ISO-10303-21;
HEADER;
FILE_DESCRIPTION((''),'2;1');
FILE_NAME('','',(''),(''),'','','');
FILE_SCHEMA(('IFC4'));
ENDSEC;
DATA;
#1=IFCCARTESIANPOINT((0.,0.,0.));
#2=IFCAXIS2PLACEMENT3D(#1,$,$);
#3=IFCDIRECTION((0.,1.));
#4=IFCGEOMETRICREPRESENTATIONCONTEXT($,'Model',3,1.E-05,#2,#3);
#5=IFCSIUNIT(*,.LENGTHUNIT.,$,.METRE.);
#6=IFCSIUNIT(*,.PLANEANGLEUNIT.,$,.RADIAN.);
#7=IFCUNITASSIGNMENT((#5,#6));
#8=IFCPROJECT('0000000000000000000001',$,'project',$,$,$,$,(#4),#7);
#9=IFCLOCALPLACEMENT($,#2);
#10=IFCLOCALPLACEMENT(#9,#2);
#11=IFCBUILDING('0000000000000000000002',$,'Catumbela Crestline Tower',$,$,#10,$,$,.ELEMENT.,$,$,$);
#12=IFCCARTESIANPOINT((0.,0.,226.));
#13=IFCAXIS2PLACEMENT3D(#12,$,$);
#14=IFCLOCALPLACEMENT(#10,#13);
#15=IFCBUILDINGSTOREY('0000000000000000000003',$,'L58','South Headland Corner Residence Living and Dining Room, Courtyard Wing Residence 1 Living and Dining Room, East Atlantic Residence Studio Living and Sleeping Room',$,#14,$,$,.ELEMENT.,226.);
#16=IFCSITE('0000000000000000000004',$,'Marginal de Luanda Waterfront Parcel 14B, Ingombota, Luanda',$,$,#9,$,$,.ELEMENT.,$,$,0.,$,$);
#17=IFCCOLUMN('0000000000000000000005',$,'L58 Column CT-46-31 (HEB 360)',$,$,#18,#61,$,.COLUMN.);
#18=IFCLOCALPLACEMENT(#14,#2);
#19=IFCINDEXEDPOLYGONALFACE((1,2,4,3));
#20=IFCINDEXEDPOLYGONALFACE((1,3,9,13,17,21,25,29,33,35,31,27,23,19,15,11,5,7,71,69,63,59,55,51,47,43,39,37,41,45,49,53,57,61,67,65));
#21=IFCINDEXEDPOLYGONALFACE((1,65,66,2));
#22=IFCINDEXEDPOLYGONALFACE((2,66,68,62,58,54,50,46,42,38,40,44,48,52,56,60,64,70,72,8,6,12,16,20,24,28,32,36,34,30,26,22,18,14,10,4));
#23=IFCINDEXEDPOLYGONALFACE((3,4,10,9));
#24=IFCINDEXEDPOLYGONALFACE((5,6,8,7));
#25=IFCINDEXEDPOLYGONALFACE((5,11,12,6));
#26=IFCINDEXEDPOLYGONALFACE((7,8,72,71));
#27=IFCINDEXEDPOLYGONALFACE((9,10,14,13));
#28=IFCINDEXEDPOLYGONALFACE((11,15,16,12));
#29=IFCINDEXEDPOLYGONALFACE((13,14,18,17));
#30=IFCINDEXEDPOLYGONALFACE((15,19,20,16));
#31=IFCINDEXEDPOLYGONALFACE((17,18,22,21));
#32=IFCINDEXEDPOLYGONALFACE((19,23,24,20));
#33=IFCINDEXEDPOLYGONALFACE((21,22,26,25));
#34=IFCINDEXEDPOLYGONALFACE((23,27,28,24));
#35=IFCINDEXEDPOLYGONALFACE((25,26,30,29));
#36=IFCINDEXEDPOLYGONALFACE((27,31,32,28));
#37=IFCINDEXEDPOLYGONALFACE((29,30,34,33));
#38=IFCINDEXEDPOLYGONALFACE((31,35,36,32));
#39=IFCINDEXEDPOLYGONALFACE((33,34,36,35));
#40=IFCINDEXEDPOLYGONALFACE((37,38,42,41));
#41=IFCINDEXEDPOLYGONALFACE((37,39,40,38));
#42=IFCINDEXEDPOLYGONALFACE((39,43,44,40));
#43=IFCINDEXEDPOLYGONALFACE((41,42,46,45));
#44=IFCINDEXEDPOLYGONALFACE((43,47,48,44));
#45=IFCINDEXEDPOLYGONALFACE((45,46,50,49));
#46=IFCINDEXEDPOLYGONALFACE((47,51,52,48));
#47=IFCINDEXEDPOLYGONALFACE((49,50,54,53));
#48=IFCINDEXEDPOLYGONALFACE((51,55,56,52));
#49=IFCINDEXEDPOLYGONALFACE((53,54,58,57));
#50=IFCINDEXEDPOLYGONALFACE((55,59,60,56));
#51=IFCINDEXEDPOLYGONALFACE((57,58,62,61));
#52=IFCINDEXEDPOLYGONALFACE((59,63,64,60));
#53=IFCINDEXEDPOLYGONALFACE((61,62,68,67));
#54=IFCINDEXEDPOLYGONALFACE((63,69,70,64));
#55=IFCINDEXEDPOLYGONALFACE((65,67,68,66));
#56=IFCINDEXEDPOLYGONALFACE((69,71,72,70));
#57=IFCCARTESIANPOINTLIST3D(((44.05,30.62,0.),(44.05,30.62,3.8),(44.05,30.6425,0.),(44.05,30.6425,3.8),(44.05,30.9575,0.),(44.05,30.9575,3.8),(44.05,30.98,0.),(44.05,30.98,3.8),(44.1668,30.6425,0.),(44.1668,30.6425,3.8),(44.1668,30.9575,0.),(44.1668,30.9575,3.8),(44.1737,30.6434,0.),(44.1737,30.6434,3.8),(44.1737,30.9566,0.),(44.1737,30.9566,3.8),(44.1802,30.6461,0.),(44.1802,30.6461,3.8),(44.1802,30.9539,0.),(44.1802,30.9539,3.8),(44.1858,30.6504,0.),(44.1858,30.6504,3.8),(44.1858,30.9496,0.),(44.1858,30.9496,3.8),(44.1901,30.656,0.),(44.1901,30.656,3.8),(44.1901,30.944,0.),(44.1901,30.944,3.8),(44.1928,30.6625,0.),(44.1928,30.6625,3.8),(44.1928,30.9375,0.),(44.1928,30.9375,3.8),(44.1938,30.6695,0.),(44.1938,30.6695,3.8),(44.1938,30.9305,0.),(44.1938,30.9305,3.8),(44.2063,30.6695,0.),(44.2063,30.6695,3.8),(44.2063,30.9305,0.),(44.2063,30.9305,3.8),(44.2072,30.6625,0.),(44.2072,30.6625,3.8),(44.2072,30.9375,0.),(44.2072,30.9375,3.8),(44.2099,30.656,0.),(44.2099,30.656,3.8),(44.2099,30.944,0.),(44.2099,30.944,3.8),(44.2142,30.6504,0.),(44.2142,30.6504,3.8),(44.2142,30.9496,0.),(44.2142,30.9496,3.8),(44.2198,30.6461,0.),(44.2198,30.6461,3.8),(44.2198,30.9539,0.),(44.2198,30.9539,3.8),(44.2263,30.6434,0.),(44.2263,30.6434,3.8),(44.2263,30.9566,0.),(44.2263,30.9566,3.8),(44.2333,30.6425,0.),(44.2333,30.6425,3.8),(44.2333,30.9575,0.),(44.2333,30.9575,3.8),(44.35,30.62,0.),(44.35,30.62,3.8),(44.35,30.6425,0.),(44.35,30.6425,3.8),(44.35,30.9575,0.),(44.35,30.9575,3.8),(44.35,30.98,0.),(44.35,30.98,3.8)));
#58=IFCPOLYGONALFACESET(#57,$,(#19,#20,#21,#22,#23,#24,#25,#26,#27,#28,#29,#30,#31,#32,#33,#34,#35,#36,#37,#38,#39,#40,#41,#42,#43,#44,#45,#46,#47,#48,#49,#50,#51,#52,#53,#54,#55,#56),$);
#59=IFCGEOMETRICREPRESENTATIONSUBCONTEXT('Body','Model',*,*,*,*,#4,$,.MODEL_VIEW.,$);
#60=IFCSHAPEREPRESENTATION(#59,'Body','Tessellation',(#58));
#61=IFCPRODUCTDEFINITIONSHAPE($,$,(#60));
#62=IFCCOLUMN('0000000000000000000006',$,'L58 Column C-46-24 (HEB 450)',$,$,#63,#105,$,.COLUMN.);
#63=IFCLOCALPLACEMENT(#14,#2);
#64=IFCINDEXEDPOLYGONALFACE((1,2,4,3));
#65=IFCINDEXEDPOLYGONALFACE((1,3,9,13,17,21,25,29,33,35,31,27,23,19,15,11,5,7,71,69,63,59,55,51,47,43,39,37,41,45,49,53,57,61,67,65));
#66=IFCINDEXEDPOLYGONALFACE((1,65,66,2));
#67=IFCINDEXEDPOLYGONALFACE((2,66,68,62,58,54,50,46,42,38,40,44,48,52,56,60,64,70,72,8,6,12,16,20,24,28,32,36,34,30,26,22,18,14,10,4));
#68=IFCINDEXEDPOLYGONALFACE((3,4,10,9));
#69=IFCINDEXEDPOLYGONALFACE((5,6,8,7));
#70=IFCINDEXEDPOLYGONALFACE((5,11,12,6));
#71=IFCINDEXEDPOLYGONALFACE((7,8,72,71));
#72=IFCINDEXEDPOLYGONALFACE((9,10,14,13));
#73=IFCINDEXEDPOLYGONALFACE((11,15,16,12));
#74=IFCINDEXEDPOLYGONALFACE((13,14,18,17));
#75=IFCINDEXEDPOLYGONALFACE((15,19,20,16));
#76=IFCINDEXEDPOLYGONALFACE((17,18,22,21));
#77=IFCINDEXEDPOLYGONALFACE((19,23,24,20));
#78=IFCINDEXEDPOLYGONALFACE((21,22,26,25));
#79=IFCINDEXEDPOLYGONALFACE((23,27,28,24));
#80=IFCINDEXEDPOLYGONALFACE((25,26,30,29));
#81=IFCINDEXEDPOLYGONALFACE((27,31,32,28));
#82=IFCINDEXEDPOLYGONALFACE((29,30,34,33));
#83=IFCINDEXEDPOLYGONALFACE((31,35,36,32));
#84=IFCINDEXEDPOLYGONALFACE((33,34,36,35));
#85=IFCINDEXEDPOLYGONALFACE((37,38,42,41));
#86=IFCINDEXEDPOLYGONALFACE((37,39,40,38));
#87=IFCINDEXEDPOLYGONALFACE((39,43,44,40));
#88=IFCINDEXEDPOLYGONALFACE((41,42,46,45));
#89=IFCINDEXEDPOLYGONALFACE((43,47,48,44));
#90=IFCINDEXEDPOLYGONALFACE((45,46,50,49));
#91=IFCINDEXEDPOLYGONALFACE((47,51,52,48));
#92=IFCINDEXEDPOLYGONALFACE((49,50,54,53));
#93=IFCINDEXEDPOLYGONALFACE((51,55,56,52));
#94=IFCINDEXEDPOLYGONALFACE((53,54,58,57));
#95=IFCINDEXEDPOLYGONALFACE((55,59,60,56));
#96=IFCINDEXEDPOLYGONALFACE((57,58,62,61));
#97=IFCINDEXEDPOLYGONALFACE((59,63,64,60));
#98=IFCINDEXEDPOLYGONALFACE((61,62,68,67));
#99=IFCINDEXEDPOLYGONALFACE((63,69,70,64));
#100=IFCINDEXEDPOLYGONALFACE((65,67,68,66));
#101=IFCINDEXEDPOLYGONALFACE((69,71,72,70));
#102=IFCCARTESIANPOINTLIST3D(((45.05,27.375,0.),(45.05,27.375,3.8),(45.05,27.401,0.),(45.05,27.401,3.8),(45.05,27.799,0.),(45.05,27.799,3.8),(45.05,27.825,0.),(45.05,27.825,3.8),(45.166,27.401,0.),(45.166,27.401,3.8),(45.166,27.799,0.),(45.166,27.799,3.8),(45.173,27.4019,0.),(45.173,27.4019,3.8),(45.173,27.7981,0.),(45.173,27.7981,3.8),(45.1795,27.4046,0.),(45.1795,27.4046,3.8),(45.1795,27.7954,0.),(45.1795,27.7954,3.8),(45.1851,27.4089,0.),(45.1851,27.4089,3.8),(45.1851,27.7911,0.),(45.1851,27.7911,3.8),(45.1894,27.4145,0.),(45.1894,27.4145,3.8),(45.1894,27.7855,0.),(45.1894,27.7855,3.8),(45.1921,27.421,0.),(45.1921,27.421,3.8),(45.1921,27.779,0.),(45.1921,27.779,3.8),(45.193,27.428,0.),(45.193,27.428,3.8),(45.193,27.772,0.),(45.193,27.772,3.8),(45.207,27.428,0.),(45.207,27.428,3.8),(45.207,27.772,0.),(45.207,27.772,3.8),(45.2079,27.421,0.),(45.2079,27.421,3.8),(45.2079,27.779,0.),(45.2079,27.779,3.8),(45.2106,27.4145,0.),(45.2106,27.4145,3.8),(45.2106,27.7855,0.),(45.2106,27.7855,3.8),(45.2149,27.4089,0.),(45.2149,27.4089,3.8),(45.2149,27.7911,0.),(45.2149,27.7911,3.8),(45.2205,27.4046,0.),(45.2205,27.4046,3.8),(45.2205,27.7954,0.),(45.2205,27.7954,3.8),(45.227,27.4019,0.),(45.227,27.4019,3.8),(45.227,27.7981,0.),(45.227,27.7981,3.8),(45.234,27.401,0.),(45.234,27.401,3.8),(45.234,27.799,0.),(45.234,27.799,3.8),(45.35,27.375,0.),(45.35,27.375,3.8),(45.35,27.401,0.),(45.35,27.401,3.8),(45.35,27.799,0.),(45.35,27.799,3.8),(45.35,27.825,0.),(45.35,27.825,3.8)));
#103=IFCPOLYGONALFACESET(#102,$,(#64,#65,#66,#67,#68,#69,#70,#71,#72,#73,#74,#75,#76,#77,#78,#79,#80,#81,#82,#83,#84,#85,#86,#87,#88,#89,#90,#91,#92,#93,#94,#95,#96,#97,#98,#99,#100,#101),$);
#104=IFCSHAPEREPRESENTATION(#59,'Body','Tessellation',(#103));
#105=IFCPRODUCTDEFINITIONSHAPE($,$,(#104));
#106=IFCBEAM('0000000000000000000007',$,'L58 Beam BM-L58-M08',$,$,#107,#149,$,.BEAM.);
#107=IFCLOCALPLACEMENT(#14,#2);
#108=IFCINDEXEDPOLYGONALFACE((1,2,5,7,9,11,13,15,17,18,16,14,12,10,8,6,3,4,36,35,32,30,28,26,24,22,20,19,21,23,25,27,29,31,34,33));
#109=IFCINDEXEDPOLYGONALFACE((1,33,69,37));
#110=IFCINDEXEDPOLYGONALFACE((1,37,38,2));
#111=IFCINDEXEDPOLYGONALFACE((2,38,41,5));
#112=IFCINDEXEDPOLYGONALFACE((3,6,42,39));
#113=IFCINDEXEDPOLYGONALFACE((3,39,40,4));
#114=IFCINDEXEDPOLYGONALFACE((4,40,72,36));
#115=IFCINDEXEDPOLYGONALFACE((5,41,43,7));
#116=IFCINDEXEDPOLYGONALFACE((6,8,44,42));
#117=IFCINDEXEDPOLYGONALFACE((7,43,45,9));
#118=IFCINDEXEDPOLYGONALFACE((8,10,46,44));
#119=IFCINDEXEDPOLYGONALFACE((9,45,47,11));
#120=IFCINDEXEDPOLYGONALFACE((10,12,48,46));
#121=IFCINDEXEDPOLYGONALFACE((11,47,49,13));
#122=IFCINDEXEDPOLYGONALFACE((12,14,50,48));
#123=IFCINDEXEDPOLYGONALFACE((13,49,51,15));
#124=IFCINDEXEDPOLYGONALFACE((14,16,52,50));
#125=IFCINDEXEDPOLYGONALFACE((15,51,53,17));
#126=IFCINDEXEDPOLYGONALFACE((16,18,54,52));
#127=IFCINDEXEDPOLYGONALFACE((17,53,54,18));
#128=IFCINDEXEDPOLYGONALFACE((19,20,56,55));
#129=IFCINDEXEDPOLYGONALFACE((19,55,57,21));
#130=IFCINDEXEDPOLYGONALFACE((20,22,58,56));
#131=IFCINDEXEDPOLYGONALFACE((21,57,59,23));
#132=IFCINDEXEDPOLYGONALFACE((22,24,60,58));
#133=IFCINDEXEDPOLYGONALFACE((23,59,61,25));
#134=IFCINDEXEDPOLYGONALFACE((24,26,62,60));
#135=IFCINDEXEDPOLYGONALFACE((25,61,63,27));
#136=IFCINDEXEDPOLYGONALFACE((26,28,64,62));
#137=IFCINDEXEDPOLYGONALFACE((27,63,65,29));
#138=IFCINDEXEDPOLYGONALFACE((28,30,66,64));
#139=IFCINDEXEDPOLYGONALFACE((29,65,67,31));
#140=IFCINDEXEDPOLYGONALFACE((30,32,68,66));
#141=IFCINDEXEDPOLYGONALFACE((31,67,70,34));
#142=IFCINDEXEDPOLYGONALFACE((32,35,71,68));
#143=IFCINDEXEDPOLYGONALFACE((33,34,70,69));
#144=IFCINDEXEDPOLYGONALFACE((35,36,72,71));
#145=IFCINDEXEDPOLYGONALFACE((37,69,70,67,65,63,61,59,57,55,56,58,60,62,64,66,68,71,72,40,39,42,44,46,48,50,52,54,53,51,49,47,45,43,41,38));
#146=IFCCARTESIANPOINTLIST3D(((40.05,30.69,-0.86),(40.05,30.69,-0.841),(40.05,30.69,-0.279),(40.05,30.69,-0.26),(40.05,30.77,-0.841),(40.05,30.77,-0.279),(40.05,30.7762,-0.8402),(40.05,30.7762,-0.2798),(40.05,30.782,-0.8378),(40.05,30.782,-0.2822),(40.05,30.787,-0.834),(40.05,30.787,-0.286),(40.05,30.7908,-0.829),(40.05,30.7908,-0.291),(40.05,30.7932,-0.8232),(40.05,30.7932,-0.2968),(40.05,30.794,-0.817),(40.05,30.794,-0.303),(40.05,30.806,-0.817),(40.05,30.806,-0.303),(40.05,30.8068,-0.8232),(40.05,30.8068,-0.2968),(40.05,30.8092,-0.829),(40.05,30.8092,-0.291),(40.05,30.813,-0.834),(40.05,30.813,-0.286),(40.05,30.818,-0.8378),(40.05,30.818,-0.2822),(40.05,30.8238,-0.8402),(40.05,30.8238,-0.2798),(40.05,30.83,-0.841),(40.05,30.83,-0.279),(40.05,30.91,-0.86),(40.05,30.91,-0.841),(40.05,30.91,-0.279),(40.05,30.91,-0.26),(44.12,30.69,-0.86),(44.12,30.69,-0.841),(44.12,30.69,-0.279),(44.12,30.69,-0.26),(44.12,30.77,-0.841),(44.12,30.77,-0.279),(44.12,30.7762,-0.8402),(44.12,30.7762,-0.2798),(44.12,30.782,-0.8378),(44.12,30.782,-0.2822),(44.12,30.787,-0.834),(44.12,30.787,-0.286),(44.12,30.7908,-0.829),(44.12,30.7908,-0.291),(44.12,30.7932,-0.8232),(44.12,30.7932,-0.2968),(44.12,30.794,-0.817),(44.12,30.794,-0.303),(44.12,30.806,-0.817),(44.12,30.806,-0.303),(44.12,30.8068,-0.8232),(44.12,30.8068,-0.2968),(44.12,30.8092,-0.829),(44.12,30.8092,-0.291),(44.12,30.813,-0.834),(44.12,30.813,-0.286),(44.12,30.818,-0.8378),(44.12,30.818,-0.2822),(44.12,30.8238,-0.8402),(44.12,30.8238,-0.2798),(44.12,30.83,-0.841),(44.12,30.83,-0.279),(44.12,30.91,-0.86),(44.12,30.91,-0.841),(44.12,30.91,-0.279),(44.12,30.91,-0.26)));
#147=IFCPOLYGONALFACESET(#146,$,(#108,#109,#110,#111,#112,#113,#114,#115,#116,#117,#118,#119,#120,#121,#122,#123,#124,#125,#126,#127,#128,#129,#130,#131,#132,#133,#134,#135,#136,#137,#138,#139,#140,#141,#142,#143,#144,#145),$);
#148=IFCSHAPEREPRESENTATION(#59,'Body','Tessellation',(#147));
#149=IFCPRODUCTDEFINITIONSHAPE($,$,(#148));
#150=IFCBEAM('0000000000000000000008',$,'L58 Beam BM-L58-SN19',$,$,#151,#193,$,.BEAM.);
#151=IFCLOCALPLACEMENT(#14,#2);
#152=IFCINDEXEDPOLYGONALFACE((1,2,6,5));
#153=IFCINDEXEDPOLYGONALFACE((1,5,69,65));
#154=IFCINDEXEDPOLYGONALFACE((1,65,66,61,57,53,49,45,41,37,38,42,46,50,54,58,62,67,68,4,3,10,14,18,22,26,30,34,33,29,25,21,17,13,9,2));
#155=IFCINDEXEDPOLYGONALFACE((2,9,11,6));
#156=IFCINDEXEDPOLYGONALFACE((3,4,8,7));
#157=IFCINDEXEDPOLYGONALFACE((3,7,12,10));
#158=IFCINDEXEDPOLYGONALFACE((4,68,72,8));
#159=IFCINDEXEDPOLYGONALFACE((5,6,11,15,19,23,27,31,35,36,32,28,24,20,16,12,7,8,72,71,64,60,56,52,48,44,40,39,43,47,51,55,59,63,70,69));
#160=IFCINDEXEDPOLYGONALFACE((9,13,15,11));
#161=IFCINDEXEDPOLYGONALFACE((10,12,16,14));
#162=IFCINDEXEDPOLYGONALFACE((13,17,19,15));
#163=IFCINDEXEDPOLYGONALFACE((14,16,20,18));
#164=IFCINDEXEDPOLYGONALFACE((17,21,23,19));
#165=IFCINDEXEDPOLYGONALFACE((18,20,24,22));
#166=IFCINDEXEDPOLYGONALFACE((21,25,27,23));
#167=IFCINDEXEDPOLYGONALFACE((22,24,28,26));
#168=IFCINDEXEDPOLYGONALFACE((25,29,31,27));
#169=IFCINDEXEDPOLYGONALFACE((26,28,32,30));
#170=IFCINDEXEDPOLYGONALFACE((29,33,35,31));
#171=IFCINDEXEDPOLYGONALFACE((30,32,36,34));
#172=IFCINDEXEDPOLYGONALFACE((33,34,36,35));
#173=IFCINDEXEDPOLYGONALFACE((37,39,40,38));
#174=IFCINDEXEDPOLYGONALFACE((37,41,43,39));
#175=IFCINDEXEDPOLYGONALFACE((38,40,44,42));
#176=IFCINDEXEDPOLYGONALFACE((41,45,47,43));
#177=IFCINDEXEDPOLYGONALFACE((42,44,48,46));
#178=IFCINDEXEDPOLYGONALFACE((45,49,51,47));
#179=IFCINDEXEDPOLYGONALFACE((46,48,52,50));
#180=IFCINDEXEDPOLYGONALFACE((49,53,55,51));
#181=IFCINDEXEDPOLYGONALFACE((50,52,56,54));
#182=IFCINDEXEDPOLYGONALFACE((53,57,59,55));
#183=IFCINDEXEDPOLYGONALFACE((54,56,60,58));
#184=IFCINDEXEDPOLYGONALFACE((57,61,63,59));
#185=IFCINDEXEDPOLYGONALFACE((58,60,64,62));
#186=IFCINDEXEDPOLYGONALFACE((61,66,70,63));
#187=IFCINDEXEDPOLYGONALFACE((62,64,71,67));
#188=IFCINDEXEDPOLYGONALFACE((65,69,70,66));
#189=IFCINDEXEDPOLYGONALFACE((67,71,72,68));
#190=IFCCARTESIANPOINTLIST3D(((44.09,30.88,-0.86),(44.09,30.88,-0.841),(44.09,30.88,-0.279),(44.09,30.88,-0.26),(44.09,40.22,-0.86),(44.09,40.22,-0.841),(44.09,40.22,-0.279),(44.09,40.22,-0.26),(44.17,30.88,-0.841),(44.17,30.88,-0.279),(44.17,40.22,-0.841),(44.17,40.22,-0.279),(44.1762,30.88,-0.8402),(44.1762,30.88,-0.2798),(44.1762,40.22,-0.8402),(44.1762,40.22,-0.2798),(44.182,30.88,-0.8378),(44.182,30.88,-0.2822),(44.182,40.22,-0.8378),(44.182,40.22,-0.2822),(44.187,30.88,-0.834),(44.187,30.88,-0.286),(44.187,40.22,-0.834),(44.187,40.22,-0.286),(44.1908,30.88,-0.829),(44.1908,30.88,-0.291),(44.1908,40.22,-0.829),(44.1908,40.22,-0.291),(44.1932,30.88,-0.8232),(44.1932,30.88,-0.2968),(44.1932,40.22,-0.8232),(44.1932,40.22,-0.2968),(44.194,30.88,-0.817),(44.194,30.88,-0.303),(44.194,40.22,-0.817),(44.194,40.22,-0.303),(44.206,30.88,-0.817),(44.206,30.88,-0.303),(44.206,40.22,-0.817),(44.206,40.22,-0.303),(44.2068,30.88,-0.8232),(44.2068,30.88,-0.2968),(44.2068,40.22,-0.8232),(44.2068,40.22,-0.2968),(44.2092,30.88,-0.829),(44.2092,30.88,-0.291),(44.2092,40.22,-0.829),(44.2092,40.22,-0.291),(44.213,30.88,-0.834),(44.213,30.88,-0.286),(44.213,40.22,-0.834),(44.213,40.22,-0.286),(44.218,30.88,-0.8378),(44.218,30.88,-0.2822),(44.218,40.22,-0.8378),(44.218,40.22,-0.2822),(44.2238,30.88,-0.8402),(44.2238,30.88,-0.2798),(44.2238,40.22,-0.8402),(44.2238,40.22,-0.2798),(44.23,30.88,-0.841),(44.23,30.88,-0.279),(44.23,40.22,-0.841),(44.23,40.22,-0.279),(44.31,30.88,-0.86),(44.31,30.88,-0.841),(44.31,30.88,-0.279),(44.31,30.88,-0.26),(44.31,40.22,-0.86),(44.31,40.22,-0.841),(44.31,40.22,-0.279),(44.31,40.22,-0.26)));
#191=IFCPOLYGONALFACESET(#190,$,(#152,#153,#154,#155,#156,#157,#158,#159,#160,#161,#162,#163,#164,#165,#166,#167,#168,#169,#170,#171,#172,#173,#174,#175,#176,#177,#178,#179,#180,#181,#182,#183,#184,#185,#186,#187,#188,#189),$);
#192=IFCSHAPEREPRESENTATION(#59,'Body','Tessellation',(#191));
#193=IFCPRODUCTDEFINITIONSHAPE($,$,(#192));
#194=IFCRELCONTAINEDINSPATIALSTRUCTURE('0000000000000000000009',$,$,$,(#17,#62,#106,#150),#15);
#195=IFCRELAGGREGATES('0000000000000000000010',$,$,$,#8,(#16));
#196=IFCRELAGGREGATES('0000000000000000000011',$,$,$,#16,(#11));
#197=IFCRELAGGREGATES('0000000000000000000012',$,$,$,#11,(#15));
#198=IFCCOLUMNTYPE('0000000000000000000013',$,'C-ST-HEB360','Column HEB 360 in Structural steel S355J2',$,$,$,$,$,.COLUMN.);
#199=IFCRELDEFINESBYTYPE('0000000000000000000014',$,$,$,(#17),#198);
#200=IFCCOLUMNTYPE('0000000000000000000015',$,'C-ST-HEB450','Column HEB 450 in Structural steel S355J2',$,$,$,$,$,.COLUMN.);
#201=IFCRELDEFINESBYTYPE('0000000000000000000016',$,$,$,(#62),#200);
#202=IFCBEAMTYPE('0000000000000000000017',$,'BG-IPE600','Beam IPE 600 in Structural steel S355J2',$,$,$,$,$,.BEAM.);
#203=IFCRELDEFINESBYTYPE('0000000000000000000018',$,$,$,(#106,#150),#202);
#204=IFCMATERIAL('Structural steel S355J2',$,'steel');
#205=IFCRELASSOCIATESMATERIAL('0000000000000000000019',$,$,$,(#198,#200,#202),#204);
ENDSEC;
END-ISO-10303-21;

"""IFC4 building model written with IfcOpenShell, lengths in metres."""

from ifc_helpers import new_model, si_unit, direction, frame, origin, origin_2d, place, context, subcontext, project, spatial, i_section, extrude, material, material_profile, profile_set, type_object, element, save


model = new_model("IFC4")

# Units and contexts
model_context = context("Model", 3, precision=1e-05, world=origin(), true_north=direction((0.0, 1.0)))
body_context = subcontext(model_context, "Body", "Model", "MODEL_VIEW")
ifc_project = project(units=[si_unit("LENGTHUNIT", "METRE"), si_unit("PLANEANGLEUNIT", "RADIAN")], contexts=[model_context])

# Site, building, storey
site_placement = place(None, origin())
site = spatial("IfcSite", under=ifc_project, at=site_placement, Name="Marginal de Luanda Waterfront Parcel 14B, Ingombota, Luanda", CompositionType="ELEMENT", RefElevation=0.0)
building_placement = place(site_placement, origin())
building = spatial("IfcBuilding", under=site, at=building_placement, Name="Catumbela Crestline Tower", CompositionType="ELEMENT")
storey_placement = place(building_placement, frame((0.0, 0.0, 226.0)))
storey = spatial("IfcBuildingStorey", under=building, at=storey_placement, Name="L58", Description="South Headland Corner Residence Living and Dining Room, Courtyard Wing Residence 1 Living and Dining Room, East Atlantic Residence Studio Living and Sleeping Room", CompositionType="ELEMENT", Elevation=226.0)

# Columns
ifc_material_1 = material(Name="Structural steel S355J2", Category="steel")
ifc_material_profile_1 = material_profile(ifc_material_1, i_section(OverallWidth=0.3, OverallDepth=0.36, WebThickness=0.0125, FlangeThickness=0.0225, FilletRadius=0.027, at=origin_2d()), Name="HEB 360")
ifc_profile_set_1 = profile_set([ifc_material_profile_1], Name="Structural steel S355J2")
column_type_1 = type_object("IfcColumnType", Name="C-ST-HEB360", Description="Column HEB 360 in Structural steel S355J2", PredefinedType="COLUMN", material=ifc_profile_set_1)
column_1_placement = place(storey_placement, frame((44.2, 30.8, 0.0), z_axis=(0.0, 0.0, 1.0), x_axis=(1.0, 0.0, 0.0)))
element("IfcColumn", 1, at=column_1_placement, inside=storey, type_object=column_type_1, Name="L58 Column CT-46-31 (HEB 360)", PredefinedType="COLUMN", context=body_context, shape_type="SweptSolid", body=[
    extrude(i_section(OverallWidth=0.3, OverallDepth=0.36, WebThickness=0.0125, FlangeThickness=0.0225, FilletRadius=0.027, at=origin_2d()), origin(), (0.0, 0.0, 1.0), 3.8),
])
ifc_material_profile_2 = material_profile(ifc_material_1, i_section(OverallWidth=0.3, OverallDepth=0.45, WebThickness=0.014, FlangeThickness=0.026, FilletRadius=0.027, at=origin_2d()), Name="HEB 450")
ifc_profile_set_2 = profile_set([ifc_material_profile_2], Name="Structural steel S355J2")
column_type_2 = type_object("IfcColumnType", Name="C-ST-HEB450", Description="Column HEB 450 in Structural steel S355J2", PredefinedType="COLUMN", material=ifc_profile_set_2)
column_2_placement = place(storey_placement, frame((45.2, 27.6, 0.0), z_axis=(0.0, 0.0, 1.0), x_axis=(1.0, 0.0, 0.0)))
element("IfcColumn", 2, at=column_2_placement, inside=storey, type_object=column_type_2, Name="L58 Column C-46-24 (HEB 450)", PredefinedType="COLUMN", context=body_context, shape_type="SweptSolid", body=[
    extrude(i_section(OverallWidth=0.3, OverallDepth=0.45, WebThickness=0.014, FlangeThickness=0.026, FilletRadius=0.027, at=origin_2d()), origin(), (0.0, 0.0, 1.0), 3.8),
])

# Beams
ifc_material_profile_3 = material_profile(ifc_material_1, i_section(OverallWidth=0.22, OverallDepth=0.6, WebThickness=0.012, FlangeThickness=0.019, FilletRadius=0.024, at=origin_2d()), Name="IPE 600")
ifc_profile_set_3 = profile_set([ifc_material_profile_3], Name="Structural steel S355J2")
beam_type_1 = type_object("IfcBeamType", Name="BG-IPE600", Description="Beam IPE 600 in Structural steel S355J2", PredefinedType="BEAM", material=ifc_profile_set_3)
beam_1_placement = place(storey_placement, frame((40.05, 30.8, -0.56), z_axis=(1.0, 0.0, 0.0), x_axis=(0.0, 1.0, 0.0)))
element("IfcBeam", 3, at=beam_1_placement, inside=storey, type_object=beam_type_1, Name="L58 Beam BM-L58-M08", PredefinedType="BEAM", context=body_context, shape_type="SweptSolid", body=[
    extrude(i_section(OverallWidth=0.22, OverallDepth=0.6, WebThickness=0.012, FlangeThickness=0.019, FilletRadius=0.024, at=origin_2d()), origin(), (0.0, 0.0, 1.0), 4.07),
])
beam_2_placement = place(storey_placement, frame((44.2, 30.88, -0.56), z_axis=(0.0, 1.0, 0.0), x_axis=(-1.0, 0.0, 0.0)))
element("IfcBeam", 4, at=beam_2_placement, inside=storey, type_object=beam_type_1, Name="L58 Beam BM-L58-SN19", PredefinedType="BEAM", context=body_context, shape_type="SweptSolid", body=[
    extrude(i_section(OverallWidth=0.22, OverallDepth=0.6, WebThickness=0.012, FlangeThickness=0.019, FilletRadius=0.024, at=origin_2d()), origin(), (0.0, 0.0, 1.0), 9.34),
])

save(model, "model.ifc")
